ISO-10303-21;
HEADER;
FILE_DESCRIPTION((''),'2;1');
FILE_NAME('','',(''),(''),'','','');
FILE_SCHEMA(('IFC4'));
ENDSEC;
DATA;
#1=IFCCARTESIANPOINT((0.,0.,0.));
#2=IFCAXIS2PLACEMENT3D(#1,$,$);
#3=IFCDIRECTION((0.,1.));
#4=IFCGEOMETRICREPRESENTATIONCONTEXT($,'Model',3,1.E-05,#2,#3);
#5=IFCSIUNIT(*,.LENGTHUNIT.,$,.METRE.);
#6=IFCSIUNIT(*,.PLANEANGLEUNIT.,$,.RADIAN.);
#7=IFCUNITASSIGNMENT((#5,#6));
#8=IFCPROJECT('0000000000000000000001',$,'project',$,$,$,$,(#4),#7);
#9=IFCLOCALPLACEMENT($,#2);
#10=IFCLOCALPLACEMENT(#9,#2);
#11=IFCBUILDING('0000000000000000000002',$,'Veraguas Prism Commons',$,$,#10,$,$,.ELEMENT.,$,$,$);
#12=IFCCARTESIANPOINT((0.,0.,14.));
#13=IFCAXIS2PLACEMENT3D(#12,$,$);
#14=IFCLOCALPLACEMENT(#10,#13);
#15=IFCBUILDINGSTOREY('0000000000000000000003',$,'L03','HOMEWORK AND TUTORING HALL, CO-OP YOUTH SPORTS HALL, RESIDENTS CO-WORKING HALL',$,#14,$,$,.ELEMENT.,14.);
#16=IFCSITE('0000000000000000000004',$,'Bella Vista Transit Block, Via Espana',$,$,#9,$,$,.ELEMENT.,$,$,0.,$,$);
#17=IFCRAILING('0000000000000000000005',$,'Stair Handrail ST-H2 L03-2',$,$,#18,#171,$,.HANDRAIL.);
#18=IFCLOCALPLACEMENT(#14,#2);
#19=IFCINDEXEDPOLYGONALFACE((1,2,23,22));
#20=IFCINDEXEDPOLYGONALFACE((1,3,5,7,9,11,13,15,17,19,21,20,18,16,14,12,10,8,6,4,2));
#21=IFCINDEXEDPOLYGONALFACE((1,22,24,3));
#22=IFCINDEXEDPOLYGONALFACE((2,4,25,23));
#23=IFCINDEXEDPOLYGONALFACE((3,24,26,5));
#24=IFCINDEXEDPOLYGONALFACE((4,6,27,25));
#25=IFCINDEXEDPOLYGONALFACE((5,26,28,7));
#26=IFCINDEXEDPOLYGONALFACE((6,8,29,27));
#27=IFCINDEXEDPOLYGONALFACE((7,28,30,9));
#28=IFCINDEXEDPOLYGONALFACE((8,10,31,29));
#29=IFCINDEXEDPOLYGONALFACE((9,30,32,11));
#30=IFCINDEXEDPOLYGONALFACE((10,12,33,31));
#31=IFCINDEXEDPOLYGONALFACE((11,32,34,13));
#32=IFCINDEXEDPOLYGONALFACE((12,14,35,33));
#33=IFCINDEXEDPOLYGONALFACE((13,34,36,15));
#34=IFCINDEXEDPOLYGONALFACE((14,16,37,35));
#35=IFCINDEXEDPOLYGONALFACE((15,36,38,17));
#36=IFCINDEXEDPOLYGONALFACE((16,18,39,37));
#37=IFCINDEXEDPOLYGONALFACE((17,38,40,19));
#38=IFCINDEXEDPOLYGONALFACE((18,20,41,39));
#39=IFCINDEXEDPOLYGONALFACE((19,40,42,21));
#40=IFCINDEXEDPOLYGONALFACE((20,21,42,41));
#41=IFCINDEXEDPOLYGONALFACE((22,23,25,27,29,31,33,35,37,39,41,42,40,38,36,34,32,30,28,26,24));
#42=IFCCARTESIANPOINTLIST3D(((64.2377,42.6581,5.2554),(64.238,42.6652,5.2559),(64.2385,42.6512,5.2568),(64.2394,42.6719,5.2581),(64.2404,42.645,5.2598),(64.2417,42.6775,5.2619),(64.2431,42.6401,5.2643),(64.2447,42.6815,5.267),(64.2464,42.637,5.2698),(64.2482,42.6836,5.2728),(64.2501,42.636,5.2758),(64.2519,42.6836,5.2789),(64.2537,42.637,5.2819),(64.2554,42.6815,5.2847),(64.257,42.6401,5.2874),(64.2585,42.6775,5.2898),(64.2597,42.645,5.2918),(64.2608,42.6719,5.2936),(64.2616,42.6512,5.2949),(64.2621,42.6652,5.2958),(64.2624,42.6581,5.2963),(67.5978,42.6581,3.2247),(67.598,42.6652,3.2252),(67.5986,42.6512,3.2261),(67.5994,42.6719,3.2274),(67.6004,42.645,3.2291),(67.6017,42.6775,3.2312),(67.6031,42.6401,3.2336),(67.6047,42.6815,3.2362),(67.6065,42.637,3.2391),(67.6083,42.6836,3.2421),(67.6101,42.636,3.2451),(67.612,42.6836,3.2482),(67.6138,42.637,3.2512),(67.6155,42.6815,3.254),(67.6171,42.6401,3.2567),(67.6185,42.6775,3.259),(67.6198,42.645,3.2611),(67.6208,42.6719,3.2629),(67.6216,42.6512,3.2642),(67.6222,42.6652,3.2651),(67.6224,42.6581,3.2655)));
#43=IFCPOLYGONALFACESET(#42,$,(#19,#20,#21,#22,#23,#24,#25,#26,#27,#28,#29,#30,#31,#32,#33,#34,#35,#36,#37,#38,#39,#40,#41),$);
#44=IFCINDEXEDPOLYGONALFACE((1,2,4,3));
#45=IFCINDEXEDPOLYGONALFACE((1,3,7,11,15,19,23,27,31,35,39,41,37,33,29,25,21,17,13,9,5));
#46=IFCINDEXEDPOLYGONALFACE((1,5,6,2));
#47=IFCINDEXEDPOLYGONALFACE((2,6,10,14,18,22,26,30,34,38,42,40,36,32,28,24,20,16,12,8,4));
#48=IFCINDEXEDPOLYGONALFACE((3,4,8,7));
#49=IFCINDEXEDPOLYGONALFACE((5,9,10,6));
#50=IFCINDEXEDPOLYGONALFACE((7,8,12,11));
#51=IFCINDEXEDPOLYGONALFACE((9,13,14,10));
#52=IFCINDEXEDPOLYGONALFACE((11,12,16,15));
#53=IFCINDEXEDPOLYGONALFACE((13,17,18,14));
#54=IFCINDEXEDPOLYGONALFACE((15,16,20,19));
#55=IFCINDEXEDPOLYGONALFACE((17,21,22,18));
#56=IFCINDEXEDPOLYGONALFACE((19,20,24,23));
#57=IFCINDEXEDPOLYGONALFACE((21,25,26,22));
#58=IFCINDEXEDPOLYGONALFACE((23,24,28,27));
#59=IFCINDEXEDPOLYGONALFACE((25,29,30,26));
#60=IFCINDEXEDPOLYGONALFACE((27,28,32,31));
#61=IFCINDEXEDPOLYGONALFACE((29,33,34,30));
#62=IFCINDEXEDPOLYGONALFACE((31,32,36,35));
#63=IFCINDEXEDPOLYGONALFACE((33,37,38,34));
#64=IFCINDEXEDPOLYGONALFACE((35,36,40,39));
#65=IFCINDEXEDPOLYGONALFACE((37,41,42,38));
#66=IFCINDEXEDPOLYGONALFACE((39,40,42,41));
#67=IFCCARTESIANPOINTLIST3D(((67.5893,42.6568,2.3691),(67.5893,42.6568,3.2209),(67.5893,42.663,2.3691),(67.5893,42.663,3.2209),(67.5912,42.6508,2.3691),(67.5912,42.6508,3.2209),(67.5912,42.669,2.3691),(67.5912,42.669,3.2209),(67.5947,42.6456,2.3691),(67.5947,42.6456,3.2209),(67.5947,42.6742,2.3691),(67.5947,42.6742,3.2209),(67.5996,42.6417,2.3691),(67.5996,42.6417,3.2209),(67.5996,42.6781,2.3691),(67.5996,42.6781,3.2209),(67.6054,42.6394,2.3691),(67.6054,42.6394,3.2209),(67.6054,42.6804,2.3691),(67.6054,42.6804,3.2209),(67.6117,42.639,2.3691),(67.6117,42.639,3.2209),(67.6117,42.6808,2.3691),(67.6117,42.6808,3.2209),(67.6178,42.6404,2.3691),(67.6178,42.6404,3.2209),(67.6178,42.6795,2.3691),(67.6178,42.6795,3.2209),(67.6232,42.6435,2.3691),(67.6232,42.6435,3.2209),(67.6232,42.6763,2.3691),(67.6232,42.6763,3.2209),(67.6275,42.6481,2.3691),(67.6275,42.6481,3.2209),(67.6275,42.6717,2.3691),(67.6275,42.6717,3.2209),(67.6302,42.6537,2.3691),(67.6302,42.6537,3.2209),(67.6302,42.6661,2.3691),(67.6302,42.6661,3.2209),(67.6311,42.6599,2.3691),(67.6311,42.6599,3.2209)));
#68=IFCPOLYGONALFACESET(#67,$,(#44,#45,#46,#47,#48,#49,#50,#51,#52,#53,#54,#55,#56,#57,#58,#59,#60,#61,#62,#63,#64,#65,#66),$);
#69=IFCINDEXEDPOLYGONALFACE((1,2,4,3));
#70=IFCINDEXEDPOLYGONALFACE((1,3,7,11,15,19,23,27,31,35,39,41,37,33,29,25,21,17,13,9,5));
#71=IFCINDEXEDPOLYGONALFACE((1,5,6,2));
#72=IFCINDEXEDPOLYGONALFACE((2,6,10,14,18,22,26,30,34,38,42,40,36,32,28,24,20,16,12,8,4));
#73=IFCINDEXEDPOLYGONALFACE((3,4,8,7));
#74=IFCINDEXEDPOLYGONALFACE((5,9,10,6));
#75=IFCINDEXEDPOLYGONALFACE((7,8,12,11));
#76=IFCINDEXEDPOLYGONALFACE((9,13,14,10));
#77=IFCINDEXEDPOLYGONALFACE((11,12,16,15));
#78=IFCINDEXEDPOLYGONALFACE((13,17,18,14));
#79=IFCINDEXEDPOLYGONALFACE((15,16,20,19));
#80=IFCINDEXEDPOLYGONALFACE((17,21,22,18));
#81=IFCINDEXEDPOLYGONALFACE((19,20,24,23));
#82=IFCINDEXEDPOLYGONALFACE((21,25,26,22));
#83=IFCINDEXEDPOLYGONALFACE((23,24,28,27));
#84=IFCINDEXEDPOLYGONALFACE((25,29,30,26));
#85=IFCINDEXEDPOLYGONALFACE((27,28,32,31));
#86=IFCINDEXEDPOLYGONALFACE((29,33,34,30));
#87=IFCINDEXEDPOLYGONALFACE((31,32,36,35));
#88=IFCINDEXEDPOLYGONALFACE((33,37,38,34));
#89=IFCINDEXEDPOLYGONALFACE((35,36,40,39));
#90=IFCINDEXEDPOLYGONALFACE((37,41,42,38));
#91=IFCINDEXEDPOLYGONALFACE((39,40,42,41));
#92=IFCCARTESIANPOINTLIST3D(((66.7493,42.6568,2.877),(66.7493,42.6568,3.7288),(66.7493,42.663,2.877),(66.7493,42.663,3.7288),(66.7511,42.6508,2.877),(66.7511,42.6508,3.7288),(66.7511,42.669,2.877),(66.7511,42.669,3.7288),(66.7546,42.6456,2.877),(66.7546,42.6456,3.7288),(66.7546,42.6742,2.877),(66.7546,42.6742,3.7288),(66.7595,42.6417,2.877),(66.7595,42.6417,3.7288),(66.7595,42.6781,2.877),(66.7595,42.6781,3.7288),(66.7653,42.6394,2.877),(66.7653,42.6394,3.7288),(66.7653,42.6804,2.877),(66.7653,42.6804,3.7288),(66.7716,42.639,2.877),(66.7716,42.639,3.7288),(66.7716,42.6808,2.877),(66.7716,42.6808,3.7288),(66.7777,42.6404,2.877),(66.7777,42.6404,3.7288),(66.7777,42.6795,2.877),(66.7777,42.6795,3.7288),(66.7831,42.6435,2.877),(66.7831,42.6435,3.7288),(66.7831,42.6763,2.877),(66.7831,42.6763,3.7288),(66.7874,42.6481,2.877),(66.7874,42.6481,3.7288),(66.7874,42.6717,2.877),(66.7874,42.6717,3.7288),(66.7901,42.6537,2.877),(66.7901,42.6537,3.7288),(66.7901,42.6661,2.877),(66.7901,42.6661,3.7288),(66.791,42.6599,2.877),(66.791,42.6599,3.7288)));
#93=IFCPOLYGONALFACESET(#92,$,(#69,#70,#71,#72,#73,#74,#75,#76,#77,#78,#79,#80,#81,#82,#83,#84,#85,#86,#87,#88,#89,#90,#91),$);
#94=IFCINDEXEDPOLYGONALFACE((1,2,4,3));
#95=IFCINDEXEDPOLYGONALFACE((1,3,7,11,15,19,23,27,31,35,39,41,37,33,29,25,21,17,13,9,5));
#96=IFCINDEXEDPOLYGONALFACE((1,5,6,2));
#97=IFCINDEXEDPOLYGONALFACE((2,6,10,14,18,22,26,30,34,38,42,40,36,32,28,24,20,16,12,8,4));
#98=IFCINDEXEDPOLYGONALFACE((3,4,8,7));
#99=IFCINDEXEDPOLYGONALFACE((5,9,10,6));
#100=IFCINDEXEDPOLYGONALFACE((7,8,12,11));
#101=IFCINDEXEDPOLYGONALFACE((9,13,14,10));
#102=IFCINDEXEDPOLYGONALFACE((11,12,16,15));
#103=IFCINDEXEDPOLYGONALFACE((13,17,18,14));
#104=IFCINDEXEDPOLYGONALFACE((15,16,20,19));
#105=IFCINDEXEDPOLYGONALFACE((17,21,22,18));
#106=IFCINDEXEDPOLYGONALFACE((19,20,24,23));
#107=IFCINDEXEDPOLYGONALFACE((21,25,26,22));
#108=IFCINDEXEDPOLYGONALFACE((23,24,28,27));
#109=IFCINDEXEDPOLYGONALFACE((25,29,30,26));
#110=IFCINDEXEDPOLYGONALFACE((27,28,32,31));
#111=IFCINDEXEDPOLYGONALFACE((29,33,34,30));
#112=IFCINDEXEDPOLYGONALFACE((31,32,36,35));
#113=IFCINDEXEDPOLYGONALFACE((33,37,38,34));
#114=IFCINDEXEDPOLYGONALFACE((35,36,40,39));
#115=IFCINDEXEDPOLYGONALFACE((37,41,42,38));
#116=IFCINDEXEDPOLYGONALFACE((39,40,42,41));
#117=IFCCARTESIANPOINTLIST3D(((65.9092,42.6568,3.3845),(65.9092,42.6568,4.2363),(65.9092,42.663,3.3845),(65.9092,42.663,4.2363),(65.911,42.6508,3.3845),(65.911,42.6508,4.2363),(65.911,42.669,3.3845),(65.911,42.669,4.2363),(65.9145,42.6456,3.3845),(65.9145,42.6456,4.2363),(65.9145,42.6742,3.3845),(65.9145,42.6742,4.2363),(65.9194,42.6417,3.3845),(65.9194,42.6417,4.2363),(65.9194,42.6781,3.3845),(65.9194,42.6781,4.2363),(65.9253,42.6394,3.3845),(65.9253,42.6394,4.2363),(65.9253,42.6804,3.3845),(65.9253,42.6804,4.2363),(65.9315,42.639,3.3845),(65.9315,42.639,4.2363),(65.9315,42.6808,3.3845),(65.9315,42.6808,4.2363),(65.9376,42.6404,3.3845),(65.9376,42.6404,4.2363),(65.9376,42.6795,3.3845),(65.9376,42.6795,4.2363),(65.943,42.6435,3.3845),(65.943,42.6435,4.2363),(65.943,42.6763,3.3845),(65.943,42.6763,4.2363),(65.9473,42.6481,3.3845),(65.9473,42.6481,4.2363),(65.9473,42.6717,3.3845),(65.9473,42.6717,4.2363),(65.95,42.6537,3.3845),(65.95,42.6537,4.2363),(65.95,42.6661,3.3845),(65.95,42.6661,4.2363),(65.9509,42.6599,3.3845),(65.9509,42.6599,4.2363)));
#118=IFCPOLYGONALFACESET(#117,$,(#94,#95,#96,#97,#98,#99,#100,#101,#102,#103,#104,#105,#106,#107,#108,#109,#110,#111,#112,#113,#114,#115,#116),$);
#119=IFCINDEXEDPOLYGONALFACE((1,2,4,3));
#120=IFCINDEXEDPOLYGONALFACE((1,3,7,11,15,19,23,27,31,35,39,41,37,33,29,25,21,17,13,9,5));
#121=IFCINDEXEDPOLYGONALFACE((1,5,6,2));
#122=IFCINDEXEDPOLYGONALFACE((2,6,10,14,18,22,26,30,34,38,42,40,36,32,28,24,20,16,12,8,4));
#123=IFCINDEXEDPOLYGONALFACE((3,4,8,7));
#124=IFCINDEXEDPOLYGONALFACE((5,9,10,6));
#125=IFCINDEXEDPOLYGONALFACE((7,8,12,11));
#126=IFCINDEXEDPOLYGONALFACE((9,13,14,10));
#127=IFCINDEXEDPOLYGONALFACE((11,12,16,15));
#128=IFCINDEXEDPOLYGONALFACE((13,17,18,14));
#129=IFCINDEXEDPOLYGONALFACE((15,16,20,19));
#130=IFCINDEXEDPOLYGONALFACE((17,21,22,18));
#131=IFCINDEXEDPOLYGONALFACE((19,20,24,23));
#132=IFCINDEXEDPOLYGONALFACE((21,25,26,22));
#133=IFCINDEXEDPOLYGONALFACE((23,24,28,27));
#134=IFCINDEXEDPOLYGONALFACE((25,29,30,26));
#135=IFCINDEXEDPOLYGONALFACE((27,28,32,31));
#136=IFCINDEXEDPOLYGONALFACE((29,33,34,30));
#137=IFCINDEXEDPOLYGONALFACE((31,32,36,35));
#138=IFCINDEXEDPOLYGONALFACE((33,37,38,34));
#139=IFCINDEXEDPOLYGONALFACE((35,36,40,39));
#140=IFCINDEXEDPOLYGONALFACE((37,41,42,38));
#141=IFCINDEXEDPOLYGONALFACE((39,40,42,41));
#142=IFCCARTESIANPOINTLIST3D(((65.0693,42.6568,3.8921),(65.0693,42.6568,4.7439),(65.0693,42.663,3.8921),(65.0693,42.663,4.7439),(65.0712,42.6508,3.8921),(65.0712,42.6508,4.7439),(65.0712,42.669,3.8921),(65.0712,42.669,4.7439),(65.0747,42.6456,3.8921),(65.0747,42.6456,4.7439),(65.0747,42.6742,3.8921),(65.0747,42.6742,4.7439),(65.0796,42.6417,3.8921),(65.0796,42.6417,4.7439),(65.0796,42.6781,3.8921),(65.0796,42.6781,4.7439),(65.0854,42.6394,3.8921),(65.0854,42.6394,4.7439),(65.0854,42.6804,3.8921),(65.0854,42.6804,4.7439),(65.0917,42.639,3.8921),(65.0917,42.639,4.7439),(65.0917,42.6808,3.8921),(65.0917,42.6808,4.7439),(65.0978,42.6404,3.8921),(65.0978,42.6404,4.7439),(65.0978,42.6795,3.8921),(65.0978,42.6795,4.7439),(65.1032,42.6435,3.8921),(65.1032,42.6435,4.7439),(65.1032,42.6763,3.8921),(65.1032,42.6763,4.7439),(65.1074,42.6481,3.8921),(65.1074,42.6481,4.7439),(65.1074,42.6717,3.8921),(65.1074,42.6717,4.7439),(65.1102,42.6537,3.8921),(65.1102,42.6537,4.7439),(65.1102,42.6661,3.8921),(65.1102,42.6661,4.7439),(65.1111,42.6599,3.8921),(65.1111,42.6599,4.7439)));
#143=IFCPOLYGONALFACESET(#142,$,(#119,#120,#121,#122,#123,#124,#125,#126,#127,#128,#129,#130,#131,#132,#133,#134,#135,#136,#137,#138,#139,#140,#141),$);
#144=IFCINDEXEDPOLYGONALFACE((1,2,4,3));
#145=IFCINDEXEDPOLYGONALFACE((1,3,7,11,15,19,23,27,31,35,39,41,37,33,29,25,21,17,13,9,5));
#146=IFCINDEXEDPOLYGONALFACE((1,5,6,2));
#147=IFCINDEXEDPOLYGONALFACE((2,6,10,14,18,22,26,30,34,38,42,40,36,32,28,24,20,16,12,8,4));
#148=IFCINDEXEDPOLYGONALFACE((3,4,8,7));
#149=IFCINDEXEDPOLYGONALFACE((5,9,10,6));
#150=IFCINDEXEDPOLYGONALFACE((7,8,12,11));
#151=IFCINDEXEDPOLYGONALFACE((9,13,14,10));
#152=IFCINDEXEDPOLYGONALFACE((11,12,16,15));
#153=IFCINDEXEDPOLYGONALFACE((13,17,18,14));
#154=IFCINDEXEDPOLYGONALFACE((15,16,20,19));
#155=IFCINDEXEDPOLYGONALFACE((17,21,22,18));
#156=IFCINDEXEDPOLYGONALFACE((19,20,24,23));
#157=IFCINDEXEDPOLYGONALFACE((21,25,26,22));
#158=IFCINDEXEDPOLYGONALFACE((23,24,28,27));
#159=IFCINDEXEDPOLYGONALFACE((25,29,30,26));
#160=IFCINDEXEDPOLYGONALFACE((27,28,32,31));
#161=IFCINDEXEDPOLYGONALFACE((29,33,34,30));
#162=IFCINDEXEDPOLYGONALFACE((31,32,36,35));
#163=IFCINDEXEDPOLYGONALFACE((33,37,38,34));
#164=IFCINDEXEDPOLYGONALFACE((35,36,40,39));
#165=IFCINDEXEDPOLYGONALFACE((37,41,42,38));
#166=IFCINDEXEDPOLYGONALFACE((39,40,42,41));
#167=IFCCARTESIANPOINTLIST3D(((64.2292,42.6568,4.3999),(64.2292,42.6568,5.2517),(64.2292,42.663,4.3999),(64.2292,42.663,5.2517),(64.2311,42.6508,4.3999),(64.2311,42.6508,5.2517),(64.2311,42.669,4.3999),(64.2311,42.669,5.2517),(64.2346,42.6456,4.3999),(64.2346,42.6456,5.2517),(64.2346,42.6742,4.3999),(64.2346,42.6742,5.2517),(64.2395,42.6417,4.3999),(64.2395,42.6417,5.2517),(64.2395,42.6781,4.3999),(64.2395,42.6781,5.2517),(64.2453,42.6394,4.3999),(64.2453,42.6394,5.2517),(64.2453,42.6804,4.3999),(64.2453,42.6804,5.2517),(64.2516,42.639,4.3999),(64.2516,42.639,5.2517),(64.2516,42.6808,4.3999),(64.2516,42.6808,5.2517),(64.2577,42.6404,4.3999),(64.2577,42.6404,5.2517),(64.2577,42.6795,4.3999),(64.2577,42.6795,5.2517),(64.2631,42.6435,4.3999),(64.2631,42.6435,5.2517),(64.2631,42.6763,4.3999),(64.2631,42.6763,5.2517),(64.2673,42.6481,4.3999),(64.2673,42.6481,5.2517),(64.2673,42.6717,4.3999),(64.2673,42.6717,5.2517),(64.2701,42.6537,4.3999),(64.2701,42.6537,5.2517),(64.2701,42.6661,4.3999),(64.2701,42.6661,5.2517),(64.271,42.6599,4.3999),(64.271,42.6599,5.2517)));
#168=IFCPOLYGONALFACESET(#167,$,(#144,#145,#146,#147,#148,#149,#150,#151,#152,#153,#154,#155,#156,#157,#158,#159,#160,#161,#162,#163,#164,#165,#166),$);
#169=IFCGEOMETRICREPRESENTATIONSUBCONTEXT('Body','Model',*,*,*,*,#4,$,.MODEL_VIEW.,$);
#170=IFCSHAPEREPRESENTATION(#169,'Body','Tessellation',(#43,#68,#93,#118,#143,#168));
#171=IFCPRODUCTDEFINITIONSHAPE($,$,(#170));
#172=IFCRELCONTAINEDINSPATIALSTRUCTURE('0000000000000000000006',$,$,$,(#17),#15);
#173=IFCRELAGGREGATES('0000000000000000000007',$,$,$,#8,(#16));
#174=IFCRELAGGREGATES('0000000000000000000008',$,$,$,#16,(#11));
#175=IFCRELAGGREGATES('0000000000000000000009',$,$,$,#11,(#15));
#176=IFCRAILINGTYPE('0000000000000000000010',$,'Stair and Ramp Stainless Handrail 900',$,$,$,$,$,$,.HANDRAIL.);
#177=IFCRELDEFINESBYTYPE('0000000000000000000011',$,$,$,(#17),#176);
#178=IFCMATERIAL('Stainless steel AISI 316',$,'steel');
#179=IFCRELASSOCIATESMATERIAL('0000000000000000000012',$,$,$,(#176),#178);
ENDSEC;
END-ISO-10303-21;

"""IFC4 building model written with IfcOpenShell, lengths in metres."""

from ifc_helpers import new_model, si_unit, direction, frame, origin, origin_2d, place, context, subcontext, project, spatial, circle, extrude, material, type_object, element, save


model = new_model("IFC4")

# Units and contexts
model_context = context("Model", 3, precision=1e-05, world=origin(), true_north=direction((0.0, 1.0)))
body_context = subcontext(model_context, "Body", "Model", "MODEL_VIEW")
ifc_project = project(units=[si_unit("LENGTHUNIT", "METRE"), si_unit("PLANEANGLEUNIT", "RADIAN")], contexts=[model_context])

# Site, building, storey
site_placement = place(None, origin())
site = spatial("IfcSite", under=ifc_project, at=site_placement, Name="Bella Vista Transit Block, Via Espana", CompositionType="ELEMENT", RefElevation=0.0)
building_placement = place(site_placement, origin())
building = spatial("IfcBuilding", under=site, at=building_placement, Name="Veraguas Prism Commons", CompositionType="ELEMENT")
storey_placement = place(building_placement, frame((0.0, 0.0, 14.0)))
storey = spatial("IfcBuildingStorey", under=building, at=storey_placement, Name="L03", Description="HOMEWORK AND TUTORING HALL, CO-OP YOUTH SPORTS HALL, RESIDENTS CO-WORKING HALL", CompositionType="ELEMENT", Elevation=14.0)

# Railing
ifc_material_1 = material(Name="Stainless steel AISI 316", Category="steel")
railing_type_1 = type_object("IfcRailingType", Name="Stair and Ramp Stainless Handrail 900", PredefinedType="HANDRAIL", material=ifc_material_1)
railing_1_placement = place(storey_placement, frame((67.6101, 42.6599, 2.3691)))
element("IfcRailing", 1, at=railing_1_placement, inside=storey, type_object=railing_type_1, Name="Stair Handrail ST-H2 L03-2", PredefinedType="HANDRAIL", context=body_context, shape_type="SweptSolid", body=[
    extrude(circle(Radius=0.0239, at=origin_2d()), frame((0.0, 0.0, 0.876), z_axis=(-0.855837, 0.0, 0.517246), x_axis=(0.0, -1.0, 0.0)), (0.0, 0.0, 1.0), 3.926),
    extrude(circle(Radius=0.021, at=origin_2d()), origin(), (0.0, 0.0, 1.0), 0.8518),
    extrude(circle(Radius=0.021, at=origin_2d()), frame((-0.8401, 0.0, 0.5078)), (0.0, 0.0, 1.0), 0.8518),
    extrude(circle(Radius=0.021, at=origin_2d()), frame((-1.6802, 0.0, 1.0154)), (0.0, 0.0, 1.0), 0.8518),
    extrude(circle(Radius=0.021, at=origin_2d()), frame((-2.52, 0.0, 1.5229)), (0.0, 0.0, 1.0), 0.8518),
    extrude(circle(Radius=0.021, at=origin_2d()), frame((-3.3601, 0.0, 2.0308)), (0.0, 0.0, 1.0), 0.8518),
])

save(model, "model.ifc")
